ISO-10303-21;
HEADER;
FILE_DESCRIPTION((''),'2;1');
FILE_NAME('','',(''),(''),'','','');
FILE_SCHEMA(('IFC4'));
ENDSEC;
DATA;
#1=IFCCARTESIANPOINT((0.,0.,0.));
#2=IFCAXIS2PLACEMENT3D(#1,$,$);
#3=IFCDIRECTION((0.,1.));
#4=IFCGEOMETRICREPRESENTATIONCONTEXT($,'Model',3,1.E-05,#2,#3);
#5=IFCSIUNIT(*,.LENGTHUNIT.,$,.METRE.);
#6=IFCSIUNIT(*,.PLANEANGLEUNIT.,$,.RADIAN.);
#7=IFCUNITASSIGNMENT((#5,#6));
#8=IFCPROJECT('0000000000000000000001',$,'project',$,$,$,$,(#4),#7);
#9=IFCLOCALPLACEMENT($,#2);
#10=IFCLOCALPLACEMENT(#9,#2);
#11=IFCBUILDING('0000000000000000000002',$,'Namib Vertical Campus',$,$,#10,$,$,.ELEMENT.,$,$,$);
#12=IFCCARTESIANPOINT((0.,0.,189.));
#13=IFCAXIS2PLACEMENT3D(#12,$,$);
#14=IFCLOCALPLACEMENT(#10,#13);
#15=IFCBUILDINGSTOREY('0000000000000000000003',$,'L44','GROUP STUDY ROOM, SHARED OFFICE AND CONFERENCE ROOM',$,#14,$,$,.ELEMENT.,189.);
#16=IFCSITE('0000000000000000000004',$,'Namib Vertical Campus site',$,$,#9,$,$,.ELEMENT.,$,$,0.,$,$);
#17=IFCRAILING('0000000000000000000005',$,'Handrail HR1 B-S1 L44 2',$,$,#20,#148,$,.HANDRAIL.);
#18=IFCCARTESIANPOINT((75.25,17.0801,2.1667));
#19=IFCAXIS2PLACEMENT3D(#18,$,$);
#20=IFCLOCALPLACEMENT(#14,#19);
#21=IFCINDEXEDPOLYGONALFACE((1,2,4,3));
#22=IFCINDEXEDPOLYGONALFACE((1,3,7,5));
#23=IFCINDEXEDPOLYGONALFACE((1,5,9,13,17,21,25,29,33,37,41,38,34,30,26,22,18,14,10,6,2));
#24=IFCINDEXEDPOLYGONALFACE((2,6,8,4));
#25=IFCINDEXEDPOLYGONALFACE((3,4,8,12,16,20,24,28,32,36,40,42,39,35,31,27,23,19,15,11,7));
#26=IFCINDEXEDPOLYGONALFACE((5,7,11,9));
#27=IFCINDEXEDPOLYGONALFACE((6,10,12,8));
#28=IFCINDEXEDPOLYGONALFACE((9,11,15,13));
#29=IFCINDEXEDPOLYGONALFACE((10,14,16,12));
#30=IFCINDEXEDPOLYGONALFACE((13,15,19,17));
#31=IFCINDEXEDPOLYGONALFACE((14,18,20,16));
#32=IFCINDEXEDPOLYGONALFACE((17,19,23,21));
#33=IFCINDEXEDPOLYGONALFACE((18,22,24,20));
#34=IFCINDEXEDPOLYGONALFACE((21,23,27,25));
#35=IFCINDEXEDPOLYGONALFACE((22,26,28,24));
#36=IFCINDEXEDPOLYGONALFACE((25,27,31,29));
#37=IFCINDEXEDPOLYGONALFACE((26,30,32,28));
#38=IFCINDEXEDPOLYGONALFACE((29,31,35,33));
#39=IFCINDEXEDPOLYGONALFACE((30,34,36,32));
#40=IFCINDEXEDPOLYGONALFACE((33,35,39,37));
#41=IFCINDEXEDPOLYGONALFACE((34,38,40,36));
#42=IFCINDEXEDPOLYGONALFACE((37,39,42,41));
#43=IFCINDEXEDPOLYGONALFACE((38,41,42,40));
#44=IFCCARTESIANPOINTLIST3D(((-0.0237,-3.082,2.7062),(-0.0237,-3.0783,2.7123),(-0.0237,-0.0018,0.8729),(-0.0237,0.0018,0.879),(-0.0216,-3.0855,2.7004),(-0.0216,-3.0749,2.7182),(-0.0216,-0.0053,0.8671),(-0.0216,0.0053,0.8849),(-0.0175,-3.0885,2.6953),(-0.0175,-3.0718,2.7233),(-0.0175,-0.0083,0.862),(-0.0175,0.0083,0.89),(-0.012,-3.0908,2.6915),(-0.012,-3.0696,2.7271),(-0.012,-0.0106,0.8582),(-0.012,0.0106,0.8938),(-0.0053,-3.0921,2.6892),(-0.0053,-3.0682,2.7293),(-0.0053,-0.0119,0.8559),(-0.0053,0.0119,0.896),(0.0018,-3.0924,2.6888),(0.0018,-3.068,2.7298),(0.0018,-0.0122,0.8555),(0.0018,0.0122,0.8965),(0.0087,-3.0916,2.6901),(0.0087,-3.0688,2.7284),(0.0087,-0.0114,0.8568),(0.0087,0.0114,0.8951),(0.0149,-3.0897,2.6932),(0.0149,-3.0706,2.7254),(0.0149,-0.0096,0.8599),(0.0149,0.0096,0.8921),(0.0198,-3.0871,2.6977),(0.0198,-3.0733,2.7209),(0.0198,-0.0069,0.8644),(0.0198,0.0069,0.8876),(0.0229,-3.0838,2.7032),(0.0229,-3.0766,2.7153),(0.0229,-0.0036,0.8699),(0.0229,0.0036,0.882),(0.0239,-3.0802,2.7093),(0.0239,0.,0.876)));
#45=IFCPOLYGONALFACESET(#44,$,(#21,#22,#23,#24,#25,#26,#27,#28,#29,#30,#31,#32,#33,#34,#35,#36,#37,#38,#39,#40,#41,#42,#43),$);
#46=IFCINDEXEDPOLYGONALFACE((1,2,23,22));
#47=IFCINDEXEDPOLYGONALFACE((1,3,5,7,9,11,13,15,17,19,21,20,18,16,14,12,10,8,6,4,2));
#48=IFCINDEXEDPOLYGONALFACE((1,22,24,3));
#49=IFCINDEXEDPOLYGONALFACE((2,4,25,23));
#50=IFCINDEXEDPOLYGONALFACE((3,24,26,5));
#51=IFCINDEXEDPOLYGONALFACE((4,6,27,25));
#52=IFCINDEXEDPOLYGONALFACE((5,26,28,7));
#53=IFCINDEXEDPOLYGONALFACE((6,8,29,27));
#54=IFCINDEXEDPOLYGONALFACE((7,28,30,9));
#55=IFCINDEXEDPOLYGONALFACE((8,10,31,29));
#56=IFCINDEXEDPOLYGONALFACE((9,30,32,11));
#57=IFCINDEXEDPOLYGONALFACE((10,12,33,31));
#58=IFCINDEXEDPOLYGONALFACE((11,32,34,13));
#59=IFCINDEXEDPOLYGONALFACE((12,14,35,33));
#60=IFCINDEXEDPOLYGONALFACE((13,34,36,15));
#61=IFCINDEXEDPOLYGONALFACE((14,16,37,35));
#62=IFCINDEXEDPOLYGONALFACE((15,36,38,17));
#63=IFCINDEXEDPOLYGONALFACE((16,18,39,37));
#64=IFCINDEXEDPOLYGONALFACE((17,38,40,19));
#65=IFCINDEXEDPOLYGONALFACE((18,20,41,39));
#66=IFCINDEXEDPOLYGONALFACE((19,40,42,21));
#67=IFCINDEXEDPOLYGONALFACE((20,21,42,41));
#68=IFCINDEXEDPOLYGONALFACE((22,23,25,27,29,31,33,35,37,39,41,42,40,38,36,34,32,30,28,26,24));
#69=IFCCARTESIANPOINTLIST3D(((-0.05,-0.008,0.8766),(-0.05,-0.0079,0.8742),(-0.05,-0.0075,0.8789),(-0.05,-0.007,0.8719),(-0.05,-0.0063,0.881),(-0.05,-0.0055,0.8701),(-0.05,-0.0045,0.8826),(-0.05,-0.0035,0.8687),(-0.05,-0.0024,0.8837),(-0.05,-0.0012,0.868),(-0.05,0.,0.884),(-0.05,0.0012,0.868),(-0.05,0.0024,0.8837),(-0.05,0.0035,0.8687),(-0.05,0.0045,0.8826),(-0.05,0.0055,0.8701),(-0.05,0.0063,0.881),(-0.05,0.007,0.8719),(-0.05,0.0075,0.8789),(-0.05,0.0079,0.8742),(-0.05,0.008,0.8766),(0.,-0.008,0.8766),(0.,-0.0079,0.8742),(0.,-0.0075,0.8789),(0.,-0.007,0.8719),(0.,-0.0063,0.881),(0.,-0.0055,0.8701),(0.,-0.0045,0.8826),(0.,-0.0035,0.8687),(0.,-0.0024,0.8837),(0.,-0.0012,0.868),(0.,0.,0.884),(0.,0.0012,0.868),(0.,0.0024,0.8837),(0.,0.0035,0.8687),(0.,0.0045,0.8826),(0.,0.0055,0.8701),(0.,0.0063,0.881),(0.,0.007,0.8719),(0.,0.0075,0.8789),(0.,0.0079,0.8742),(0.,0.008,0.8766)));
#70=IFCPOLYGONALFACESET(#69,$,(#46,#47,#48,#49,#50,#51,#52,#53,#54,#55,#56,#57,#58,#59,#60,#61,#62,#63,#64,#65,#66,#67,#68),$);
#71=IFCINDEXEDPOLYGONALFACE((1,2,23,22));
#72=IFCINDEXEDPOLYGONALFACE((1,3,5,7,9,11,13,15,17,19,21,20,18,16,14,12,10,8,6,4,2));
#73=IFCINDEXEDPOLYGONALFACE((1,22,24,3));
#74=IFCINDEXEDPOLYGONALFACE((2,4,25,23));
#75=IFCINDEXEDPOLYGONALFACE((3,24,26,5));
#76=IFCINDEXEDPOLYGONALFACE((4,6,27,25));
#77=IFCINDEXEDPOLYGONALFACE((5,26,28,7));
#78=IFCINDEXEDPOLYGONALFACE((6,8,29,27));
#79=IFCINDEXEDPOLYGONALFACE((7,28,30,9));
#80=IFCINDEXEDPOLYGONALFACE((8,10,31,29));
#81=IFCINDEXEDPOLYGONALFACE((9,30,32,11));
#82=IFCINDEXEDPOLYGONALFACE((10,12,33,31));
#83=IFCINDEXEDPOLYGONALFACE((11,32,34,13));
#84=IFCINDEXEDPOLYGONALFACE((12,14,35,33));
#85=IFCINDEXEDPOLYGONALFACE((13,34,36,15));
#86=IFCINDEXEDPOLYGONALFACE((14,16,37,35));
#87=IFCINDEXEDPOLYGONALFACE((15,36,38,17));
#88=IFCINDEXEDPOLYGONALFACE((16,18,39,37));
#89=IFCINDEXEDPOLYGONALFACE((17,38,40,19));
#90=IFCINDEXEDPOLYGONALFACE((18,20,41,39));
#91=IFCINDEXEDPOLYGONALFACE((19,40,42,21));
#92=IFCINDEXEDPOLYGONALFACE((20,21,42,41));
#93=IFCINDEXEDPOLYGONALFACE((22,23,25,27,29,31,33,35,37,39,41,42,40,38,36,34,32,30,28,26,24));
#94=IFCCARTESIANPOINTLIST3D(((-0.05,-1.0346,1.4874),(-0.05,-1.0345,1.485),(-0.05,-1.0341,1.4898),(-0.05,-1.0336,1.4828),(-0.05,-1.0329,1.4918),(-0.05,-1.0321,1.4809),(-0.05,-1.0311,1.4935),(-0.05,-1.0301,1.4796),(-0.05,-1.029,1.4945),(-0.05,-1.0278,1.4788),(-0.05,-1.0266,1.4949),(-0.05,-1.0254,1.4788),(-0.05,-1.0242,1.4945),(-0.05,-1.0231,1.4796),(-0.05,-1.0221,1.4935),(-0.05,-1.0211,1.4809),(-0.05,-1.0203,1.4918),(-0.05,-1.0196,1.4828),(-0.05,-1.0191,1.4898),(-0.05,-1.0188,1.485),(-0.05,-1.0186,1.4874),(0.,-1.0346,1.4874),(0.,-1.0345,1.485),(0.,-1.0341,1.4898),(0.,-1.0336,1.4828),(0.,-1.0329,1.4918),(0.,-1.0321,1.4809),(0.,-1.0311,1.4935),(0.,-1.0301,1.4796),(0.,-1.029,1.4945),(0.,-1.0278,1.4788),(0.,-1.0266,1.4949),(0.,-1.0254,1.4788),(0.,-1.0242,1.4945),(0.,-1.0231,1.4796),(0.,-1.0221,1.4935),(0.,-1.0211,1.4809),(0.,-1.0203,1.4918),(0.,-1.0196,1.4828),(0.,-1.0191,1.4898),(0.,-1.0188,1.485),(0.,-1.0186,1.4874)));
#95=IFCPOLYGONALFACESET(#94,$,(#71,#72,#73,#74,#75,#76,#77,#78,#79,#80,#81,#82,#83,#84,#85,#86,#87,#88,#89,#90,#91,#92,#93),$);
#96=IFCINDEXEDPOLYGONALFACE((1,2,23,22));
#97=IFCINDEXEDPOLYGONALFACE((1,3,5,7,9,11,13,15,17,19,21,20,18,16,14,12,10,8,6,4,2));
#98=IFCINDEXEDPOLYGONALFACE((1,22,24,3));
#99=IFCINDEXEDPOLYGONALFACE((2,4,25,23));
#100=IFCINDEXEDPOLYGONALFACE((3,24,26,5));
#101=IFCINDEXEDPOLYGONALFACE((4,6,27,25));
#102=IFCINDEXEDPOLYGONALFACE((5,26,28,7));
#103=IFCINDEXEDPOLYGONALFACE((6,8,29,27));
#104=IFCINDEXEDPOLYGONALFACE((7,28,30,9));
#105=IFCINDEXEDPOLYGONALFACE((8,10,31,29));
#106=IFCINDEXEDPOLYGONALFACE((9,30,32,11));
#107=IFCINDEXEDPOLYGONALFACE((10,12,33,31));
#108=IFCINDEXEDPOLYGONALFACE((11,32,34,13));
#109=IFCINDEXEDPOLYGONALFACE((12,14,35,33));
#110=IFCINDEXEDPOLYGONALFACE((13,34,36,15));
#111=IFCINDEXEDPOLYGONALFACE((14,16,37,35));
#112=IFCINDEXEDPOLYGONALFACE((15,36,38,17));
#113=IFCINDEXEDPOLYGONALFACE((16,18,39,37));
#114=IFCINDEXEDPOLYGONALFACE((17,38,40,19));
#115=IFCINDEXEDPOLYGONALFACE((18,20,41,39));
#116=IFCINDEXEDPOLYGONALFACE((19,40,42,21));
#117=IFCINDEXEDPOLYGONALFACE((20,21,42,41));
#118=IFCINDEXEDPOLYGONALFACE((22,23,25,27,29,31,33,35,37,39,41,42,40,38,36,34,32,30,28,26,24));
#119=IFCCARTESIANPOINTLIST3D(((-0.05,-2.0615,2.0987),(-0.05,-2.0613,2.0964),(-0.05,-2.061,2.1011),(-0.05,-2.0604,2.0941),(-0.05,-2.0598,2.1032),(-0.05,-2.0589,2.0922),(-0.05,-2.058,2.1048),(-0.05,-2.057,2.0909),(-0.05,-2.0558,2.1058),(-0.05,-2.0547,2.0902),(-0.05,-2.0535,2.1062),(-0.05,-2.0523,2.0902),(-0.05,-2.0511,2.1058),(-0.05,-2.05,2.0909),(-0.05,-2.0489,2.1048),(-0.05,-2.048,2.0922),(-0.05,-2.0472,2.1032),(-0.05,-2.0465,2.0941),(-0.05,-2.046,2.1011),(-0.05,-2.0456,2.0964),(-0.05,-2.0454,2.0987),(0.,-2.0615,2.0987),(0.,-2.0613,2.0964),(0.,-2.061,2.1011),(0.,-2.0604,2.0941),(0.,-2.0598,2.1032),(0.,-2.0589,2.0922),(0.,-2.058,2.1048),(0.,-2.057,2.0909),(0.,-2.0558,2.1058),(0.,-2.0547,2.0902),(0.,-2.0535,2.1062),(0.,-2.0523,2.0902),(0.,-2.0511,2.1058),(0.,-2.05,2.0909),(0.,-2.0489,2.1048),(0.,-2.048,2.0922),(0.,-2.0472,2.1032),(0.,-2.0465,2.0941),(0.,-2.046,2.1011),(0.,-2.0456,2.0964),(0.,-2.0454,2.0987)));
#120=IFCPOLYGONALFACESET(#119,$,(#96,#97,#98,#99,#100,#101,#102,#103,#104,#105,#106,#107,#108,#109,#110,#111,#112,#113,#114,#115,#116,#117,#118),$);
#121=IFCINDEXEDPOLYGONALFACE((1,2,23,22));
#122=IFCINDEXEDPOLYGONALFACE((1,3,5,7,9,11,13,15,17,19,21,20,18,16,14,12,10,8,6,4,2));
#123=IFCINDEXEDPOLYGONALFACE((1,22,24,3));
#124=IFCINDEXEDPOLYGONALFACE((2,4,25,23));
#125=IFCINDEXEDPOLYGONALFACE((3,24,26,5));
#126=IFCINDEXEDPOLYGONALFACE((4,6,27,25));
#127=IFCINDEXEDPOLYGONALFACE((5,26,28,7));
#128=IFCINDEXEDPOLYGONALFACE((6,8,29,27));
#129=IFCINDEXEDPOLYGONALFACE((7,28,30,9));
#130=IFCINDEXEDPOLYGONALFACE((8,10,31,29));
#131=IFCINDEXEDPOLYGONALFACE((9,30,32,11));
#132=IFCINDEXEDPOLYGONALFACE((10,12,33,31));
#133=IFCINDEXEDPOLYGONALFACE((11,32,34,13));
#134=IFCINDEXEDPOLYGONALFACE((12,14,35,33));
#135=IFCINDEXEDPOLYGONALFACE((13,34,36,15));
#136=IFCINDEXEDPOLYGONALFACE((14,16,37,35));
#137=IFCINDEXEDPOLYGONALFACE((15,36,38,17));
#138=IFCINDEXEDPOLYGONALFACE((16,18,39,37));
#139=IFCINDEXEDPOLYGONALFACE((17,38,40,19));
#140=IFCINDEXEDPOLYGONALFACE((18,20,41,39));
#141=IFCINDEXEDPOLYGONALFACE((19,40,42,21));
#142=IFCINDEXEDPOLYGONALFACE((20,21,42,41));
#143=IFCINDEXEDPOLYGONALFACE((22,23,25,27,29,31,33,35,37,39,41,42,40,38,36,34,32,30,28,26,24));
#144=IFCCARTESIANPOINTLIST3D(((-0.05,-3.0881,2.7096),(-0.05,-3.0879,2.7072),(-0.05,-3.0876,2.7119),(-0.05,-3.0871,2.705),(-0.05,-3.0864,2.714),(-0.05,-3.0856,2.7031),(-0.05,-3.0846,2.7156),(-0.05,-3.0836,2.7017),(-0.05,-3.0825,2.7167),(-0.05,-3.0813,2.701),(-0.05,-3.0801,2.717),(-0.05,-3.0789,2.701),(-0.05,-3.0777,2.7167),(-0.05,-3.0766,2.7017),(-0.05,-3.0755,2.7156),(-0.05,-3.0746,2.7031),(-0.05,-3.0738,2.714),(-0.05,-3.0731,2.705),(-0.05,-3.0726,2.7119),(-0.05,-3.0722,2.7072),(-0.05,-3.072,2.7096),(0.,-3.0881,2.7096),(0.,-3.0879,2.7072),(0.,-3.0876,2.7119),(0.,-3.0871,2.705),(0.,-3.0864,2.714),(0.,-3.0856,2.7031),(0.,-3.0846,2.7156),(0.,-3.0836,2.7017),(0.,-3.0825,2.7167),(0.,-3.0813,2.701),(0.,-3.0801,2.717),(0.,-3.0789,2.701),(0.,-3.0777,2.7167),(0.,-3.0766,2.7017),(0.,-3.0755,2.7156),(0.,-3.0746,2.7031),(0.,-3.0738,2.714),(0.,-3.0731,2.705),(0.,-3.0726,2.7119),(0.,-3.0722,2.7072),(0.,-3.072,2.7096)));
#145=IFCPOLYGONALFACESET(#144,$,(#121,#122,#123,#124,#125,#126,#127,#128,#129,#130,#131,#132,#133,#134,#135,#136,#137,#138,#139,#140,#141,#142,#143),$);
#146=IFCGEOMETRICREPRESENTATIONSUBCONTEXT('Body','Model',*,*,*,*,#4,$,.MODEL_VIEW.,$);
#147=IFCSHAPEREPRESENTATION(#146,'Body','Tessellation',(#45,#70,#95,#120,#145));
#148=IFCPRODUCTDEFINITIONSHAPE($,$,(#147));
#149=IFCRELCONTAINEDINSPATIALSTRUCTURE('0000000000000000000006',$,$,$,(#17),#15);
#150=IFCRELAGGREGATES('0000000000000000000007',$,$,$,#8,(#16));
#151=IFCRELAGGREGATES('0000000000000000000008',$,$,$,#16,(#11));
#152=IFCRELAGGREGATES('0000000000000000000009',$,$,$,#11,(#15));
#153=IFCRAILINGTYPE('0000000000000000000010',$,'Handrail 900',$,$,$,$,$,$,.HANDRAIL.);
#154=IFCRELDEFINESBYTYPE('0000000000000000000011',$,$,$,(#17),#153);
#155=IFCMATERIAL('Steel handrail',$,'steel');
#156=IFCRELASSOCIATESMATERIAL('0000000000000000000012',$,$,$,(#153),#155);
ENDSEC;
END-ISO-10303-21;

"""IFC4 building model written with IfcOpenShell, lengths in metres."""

from ifc_helpers import new_model, si_unit, direction, frame, origin, origin_2d, place, context, subcontext, project, spatial, circle, extrude, material, type_object, element, save


model = new_model("IFC4")

# Units and contexts
model_context = context("Model", 3, precision=1e-05, world=origin(), true_north=direction((0.0, 1.0)))
body_context = subcontext(model_context, "Body", "Model", "MODEL_VIEW")
ifc_project = project(units=[si_unit("LENGTHUNIT", "METRE"), si_unit("PLANEANGLEUNIT", "RADIAN")], contexts=[model_context])

# Site, building, storey
site_placement = place(None, origin())
site = spatial("IfcSite", under=ifc_project, at=site_placement, Name="Namib Vertical Campus site", CompositionType="ELEMENT", RefElevation=0.0)
building_placement = place(site_placement, origin())
building = spatial("IfcBuilding", under=site, at=building_placement, Name="Namib Vertical Campus", CompositionType="ELEMENT")
storey_placement = place(building_placement, frame((0.0, 0.0, 189.0)))
storey = spatial("IfcBuildingStorey", under=building, at=storey_placement, Name="L44", Description="GROUP STUDY ROOM, SHARED OFFICE AND CONFERENCE ROOM", CompositionType="ELEMENT", Elevation=189.0)

# Railing
ifc_material_1 = material(Name="Steel handrail", Category="steel")
railing_type_1 = type_object("IfcRailingType", Name="Handrail 900", PredefinedType="HANDRAIL", material=ifc_material_1)
railing_1_placement = place(storey_placement, frame((75.25, 17.0801, 2.1667)))
element("IfcRailing", 1, at=railing_1_placement, inside=storey, type_object=railing_type_1, Name="Handrail HR1 B-S1 L44 2", PredefinedType="HANDRAIL", context=body_context, shape_type="SweptSolid", body=[
    extrude(circle(Radius=0.0239, at=origin_2d()), frame((0.0, 0.0, 0.876), z_axis=(0.0, -0.859309, 0.511458), x_axis=(1.0, 0.0, 0.0)), (0.0, 0.0, 1.0), 3.5845),
    extrude(circle(Radius=0.0081, at=origin_2d()), frame((0.0, 0.0, 0.876), z_axis=(-1.0, 0.0, 0.0), x_axis=(0.0, 0.0, 1.0)), (0.0, 0.0, 1.0), 0.05),
    extrude(circle(Radius=0.0081, at=origin_2d()), frame((0.0, -1.0266, 1.4868), z_axis=(-1.0, 0.0, 0.0), x_axis=(0.0, 0.0, 1.0)), (0.0, 0.0, 1.0), 0.05),
    extrude(circle(Radius=0.0081, at=origin_2d()), frame((0.0, -2.0535, 2.0981), z_axis=(-1.0, 0.0, 0.0), x_axis=(0.0, 0.0, 1.0)), (0.0, 0.0, 1.0), 0.05),
    extrude(circle(Radius=0.0081, at=origin_2d()), frame((0.0, -3.0801, 2.709), z_axis=(-1.0, 0.0, 0.0), x_axis=(0.0, 0.0, 1.0)), (0.0, 0.0, 1.0), 0.05),
])

save(model, "model.ifc")
